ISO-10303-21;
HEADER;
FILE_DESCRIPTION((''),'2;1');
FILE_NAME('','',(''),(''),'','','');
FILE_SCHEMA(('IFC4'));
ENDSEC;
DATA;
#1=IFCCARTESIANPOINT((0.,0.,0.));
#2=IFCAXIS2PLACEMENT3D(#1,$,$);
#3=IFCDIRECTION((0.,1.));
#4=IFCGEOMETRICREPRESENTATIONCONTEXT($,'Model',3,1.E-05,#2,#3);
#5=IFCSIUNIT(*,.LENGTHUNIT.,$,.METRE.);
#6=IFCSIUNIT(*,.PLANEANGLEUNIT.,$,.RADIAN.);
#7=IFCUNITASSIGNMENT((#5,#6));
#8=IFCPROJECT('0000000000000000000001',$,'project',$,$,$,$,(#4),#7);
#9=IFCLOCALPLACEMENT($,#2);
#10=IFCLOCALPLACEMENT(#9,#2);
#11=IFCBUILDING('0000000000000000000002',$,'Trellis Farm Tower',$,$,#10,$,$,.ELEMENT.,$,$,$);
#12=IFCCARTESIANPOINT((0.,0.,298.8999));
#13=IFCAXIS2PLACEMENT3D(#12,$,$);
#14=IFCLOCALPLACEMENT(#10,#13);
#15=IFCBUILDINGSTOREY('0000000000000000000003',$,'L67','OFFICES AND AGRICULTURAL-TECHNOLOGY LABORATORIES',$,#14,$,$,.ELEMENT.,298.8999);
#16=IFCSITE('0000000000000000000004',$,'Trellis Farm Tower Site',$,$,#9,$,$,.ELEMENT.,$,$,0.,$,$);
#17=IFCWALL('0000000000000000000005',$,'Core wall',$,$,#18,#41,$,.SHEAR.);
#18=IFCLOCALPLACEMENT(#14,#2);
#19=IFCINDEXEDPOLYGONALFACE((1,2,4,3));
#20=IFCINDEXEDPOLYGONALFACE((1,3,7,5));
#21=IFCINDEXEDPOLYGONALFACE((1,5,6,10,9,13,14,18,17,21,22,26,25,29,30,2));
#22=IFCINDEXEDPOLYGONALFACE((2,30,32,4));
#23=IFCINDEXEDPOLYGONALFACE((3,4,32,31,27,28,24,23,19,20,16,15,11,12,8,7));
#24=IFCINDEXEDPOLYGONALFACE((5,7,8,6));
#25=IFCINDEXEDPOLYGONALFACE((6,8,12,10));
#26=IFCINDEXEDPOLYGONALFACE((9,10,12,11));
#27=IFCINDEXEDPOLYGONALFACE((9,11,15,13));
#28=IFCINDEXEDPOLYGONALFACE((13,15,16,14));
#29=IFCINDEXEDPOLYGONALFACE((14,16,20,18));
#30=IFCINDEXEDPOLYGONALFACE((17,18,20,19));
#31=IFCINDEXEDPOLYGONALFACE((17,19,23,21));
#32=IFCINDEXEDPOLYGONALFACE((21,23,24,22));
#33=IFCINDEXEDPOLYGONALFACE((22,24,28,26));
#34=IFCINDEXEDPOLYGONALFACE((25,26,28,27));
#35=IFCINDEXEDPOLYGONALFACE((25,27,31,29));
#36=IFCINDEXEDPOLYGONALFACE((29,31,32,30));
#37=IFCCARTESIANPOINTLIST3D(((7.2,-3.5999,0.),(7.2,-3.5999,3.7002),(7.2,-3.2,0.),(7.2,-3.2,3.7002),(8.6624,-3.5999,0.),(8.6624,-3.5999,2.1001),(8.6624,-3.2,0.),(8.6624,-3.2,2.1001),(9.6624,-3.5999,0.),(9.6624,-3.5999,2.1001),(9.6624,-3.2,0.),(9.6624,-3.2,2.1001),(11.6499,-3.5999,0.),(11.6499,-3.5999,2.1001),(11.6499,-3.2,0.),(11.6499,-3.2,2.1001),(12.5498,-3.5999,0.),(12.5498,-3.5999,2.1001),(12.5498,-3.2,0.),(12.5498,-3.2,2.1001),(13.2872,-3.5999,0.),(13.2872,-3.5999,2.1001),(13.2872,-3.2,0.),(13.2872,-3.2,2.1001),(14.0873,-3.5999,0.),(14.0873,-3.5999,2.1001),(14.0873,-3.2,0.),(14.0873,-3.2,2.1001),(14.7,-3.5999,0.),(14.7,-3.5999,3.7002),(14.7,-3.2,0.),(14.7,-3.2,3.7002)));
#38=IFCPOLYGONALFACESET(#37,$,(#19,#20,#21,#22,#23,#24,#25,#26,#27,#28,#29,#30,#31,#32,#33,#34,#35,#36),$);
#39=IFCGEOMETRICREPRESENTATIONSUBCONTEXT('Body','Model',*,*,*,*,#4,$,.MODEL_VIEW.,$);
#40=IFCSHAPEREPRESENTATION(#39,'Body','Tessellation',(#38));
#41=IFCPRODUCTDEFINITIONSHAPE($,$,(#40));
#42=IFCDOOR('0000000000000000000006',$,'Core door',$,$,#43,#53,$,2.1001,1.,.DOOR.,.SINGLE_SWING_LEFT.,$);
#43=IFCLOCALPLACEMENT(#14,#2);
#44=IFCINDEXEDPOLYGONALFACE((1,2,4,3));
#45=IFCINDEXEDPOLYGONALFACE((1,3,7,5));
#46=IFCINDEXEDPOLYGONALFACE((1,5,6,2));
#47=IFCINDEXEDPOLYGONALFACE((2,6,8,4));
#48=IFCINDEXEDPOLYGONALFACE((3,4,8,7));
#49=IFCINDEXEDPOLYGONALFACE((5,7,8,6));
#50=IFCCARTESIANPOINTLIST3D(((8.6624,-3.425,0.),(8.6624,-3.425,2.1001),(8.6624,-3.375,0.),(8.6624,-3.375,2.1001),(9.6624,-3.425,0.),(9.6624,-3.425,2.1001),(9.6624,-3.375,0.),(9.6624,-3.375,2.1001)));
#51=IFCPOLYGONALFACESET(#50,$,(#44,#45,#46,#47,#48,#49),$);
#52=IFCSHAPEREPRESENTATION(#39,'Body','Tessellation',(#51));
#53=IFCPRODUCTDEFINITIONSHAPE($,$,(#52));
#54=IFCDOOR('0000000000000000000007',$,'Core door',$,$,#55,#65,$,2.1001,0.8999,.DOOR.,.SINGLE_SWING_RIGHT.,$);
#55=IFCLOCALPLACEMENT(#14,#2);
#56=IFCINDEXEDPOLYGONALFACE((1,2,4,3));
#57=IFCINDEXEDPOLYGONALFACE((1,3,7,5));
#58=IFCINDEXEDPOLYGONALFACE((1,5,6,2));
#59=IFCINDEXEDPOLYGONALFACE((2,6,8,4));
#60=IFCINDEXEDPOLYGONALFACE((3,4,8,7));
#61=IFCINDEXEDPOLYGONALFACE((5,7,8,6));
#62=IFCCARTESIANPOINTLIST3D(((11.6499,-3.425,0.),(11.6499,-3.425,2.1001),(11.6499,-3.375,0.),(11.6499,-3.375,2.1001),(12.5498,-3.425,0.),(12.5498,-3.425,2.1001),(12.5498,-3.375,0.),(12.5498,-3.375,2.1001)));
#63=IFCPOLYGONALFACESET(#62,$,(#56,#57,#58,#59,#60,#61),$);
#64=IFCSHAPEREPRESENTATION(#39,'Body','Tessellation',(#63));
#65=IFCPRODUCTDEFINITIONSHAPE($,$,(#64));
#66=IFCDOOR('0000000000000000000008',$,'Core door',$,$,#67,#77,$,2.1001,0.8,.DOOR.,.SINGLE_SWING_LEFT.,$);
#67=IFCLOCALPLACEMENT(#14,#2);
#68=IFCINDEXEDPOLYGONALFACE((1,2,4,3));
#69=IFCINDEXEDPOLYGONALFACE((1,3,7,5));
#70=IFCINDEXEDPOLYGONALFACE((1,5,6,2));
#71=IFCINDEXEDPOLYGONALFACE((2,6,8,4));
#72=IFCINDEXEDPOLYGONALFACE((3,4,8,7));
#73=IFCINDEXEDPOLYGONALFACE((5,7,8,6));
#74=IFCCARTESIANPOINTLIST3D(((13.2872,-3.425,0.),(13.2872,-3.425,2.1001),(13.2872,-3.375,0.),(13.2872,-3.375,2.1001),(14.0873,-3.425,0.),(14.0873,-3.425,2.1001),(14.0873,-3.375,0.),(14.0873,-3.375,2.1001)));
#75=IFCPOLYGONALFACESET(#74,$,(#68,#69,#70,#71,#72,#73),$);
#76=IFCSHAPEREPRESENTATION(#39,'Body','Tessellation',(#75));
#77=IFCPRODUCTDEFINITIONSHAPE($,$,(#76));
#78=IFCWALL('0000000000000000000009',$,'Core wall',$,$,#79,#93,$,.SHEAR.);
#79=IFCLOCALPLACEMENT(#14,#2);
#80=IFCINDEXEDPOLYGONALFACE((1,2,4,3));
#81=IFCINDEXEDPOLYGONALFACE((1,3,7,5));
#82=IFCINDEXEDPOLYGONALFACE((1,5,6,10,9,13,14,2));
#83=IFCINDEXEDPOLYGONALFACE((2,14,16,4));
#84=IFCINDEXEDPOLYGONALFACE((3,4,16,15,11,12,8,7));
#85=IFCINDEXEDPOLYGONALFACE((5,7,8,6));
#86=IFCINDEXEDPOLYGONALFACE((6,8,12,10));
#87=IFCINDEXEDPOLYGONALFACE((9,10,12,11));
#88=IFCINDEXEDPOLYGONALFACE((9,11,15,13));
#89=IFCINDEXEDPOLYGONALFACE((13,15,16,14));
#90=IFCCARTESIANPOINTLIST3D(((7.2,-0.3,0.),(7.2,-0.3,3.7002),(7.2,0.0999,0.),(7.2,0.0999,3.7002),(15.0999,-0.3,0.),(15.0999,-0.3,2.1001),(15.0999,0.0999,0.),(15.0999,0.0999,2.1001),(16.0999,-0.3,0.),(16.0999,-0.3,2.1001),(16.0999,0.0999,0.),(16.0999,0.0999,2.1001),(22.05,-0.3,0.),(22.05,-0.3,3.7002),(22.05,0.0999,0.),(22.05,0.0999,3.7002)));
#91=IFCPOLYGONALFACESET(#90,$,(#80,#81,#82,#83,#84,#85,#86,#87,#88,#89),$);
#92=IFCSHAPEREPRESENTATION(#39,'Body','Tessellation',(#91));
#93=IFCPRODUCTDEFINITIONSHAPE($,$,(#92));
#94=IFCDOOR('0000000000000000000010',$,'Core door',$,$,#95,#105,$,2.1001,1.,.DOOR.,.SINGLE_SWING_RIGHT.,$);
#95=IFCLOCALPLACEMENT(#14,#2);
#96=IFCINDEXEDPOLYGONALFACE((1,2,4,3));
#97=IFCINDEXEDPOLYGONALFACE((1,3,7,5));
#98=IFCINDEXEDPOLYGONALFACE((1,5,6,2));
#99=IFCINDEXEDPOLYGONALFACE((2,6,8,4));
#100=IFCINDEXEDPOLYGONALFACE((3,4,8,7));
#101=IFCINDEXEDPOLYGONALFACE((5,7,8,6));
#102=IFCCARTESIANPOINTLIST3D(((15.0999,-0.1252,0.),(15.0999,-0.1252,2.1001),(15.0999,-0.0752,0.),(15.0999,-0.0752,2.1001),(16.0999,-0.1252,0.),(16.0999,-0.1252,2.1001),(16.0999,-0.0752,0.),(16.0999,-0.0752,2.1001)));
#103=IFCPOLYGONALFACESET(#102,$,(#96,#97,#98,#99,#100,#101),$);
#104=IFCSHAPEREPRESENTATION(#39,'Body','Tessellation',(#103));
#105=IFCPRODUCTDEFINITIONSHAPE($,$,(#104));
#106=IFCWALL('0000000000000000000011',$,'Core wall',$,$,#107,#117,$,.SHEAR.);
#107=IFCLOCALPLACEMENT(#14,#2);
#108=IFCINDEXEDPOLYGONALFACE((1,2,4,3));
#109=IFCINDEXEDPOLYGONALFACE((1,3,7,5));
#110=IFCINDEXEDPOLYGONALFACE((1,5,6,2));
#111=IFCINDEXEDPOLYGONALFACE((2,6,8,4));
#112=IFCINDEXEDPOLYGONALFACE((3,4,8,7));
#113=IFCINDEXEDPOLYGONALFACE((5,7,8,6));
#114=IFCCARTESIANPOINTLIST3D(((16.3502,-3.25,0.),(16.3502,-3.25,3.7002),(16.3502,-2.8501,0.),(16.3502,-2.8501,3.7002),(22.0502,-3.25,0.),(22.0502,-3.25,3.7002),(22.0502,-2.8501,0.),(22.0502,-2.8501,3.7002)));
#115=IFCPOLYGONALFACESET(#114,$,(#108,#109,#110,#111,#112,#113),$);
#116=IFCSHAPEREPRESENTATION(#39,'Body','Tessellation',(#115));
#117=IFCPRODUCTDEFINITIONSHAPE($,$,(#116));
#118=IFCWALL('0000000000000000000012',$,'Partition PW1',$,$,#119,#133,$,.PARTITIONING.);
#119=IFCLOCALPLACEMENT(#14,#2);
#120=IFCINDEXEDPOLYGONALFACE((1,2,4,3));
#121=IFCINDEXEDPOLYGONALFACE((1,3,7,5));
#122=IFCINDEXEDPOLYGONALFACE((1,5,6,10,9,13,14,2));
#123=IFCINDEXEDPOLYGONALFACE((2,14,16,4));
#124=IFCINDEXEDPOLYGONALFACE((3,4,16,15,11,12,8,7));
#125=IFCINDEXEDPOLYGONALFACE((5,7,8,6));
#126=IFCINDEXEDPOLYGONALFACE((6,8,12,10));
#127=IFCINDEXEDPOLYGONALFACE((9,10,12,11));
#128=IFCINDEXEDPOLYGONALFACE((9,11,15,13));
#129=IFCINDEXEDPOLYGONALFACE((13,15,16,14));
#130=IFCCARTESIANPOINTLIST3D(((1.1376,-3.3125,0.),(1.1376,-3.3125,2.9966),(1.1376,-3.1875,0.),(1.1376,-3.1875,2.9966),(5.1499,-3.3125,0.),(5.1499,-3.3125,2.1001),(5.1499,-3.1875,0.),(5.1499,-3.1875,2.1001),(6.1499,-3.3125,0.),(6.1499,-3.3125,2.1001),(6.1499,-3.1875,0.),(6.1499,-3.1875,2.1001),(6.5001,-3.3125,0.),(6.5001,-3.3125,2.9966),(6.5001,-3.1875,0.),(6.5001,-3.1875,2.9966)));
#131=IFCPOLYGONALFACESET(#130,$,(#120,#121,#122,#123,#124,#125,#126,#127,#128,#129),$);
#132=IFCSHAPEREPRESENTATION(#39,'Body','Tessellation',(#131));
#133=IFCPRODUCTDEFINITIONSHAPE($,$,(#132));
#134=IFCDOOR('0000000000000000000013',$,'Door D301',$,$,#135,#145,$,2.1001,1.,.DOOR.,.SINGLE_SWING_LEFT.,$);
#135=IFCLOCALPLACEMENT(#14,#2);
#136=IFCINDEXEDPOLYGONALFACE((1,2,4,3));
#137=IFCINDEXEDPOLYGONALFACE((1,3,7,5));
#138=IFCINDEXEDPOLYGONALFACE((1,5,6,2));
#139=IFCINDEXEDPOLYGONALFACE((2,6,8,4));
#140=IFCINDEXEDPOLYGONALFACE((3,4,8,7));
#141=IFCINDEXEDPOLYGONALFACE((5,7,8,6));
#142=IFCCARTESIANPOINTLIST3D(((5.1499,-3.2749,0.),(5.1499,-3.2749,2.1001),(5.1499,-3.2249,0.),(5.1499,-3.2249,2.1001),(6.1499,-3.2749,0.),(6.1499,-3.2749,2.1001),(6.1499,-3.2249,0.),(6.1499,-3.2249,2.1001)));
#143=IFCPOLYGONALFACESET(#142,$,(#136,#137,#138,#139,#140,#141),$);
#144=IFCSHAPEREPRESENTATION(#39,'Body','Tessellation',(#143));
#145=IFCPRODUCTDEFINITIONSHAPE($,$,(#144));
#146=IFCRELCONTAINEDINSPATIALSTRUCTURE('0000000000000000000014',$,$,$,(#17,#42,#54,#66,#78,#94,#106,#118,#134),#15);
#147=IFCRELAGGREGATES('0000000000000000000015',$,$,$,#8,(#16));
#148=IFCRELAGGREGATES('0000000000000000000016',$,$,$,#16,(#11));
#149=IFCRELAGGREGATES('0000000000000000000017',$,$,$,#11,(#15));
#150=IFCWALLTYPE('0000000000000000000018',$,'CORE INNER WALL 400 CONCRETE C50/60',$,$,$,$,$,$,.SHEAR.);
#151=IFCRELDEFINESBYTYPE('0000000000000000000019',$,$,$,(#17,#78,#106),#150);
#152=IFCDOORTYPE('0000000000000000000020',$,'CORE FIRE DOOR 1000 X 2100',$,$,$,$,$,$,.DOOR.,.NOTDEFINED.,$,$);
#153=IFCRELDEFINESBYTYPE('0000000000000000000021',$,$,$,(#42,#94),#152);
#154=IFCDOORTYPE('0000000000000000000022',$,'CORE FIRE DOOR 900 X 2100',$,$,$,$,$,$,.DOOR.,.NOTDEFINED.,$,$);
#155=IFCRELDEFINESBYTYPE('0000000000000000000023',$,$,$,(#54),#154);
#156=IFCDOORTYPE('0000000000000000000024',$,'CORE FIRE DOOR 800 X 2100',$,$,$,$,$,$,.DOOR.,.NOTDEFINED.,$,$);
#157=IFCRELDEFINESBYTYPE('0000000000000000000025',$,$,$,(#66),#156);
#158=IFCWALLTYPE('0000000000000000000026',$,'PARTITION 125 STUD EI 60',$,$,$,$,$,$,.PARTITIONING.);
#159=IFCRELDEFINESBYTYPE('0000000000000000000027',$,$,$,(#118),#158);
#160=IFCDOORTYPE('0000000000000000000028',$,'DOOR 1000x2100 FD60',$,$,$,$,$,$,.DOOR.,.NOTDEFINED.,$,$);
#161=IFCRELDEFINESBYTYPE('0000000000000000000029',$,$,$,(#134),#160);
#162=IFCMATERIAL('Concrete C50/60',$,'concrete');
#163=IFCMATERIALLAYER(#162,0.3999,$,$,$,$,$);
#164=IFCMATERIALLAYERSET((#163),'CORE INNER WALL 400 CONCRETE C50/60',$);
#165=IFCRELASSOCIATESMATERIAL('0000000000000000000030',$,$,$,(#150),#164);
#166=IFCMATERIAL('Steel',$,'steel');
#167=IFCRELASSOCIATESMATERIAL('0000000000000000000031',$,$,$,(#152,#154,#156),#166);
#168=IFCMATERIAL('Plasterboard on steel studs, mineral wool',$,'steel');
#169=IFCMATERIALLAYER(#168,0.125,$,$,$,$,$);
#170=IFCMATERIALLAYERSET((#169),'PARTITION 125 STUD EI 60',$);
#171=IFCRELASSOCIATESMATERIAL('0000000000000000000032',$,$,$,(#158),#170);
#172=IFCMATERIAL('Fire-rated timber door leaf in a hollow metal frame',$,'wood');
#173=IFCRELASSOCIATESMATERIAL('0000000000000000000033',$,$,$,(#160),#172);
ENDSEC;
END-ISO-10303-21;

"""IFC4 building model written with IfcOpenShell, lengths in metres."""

from ifc_helpers import new_model, si_unit, direction, frame, frame_2d, origin, place, context, subcontext, project, spatial, rectangle, extrude, source, transform, mapped, material, layer, layer_set, type_object, element, fill, save


model = new_model("IFC4")

# Units and contexts
model_context = context("Model", 3, precision=1e-05, world=origin(), true_north=direction((0.0, 1.0)))
body_context = subcontext(model_context, "Body", "Model", "MODEL_VIEW")
ifc_project = project(units=[si_unit("LENGTHUNIT", "METRE"), si_unit("PLANEANGLEUNIT", "RADIAN")], contexts=[model_context])

# Site, building, storey
site_placement = place(None, origin())
site = spatial("IfcSite", under=ifc_project, at=site_placement, Name="Trellis Farm Tower Site", CompositionType="ELEMENT", RefElevation=0.0)
building_placement = place(site_placement, origin())
building = spatial("IfcBuilding", under=site, at=building_placement, Name="Trellis Farm Tower", CompositionType="ELEMENT")
storey_placement = place(building_placement, frame((0.0, 0.0, 298.8999)))
storey = spatial("IfcBuildingStorey", under=building, at=storey_placement, Name="L67", Description="OFFICES AND AGRICULTURAL-TECHNOLOGY LABORATORIES", CompositionType="ELEMENT", Elevation=298.8999)

# Wall, openings, doors
ifc_material_1 = material(Name="Concrete C50/60", Category="concrete")
ifc_layer_1 = layer(ifc_material_1, 0.3999)
ifc_layer_set_1 = layer_set([ifc_layer_1], Name="CORE INNER WALL 400 CONCRETE C50/60")
wall_type_1 = type_object("IfcWallType", Name="CORE INNER WALL 400 CONCRETE C50/60", PredefinedType="SHEAR", material=ifc_layer_set_1)
shared_shape_1 = source(origin(), body_context, "Body", "SweptSolid", [
    extrude(rectangle(XDim=7.5, YDim=0.3999, at=frame_2d((3.75, 0.0))), origin(), (0.0, 0.0, 1.0), 3.7002),
])
wall_1_placement = place(storey_placement, frame((7.2, -3.3999, 0.0), z_axis=(0.0, 0.0, 1.0), x_axis=(1.0, 0.0, 0.0)))
wall_1 = element("IfcWall", 1, at=wall_1_placement, inside=storey, type_object=wall_type_1, Name="Core wall", PredefinedType="SHEAR", context=body_context, shape_type="MappedRepresentation", body=[
    mapped(shared_shape_1, transform((0.0, 0.0, 0.0))),
])
shared_shape_2 = source(origin(), body_context, "Body", "SweptSolid", [
    extrude(rectangle(XDim=1.0, YDim=2.1001, at=frame_2d((0.5, 1.05))), frame((0.0, 0.21, 0.0), z_axis=(0.0, -1.0, 0.0), x_axis=(1.0, 0.0, 0.0)), (0.0, 0.0, 1.0), 0.4199),
])
opening_1_placement = place(wall_1_placement, frame((1.4624, 0.0, 0.0)))
opening_1 = element("IfcOpeningElement", 2, at=opening_1_placement, cuts=wall_1, PredefinedType="OPENING", context=body_context, shape_type="MappedRepresentation", body=[
    mapped(shared_shape_2, transform((0.0, 0.0, 0.0))),
])
shared_shape_3 = source(origin(), body_context, "Body", "SweptSolid", [
    extrude(rectangle(XDim=0.8999, YDim=2.1001, at=frame_2d((0.45, 1.05))), frame((0.0, 0.21, 0.0), z_axis=(0.0, -1.0, 0.0), x_axis=(1.0, 0.0, 0.0)), (0.0, 0.0, 1.0), 0.4199),
])
opening_2_placement = place(wall_1_placement, frame((4.45, 0.0, 0.0)))
opening_2 = element("IfcOpeningElement", 3, at=opening_2_placement, cuts=wall_1, PredefinedType="OPENING", context=body_context, shape_type="MappedRepresentation", body=[
    mapped(shared_shape_3, transform((0.0, 0.0, 0.0))),
])
shared_shape_4 = source(origin(), body_context, "Body", "SweptSolid", [
    extrude(rectangle(XDim=0.8, YDim=2.1001, at=frame_2d((0.3999, 1.05))), frame((0.0, 0.21, 0.0), z_axis=(0.0, -1.0, 0.0), x_axis=(1.0, 0.0, 0.0)), (0.0, 0.0, 1.0), 0.4199),
])
opening_3_placement = place(wall_1_placement, frame((6.0874, 0.0, 0.0)))
opening_3 = element("IfcOpeningElement", 4, at=opening_3_placement, cuts=wall_1, PredefinedType="OPENING", context=body_context, shape_type="MappedRepresentation", body=[
    mapped(shared_shape_4, transform((0.0, 0.0, 0.0))),
])
ifc_material_2 = material(Name="Steel", Category="steel")
door_type_1 = type_object("IfcDoorType", Name="CORE FIRE DOOR 1000 X 2100", OperationType="NOTDEFINED", PredefinedType="DOOR", material=ifc_material_2)
shared_shape_5 = source(origin(), body_context, "Body", "SweptSolid", [
    extrude(rectangle(XDim=1.0, YDim=2.1001, at=frame_2d((0.5, 1.05))), frame((0.0, 0.0249, 0.0), z_axis=(0.0, -1.0, 0.0), x_axis=(1.0, 0.0, 0.0)), (0.0, 0.0, 1.0), 0.05),
])
door_1_placement = place(opening_1_placement, origin())
door_1 = element("IfcDoor", 5, at=door_1_placement, inside=storey, type_object=door_type_1, Name="Core door", OperationType="SINGLE_SWING_LEFT", OverallHeight=2.1001, OverallWidth=1.0, PredefinedType="DOOR", context=body_context, shape_type="MappedRepresentation", body=[
    mapped(shared_shape_5, transform((0.0, 0.0, 0.0))),
])
fill(opening_1, door_1)
door_type_2 = type_object("IfcDoorType", Name="CORE FIRE DOOR 900 X 2100", OperationType="NOTDEFINED", PredefinedType="DOOR", material=ifc_material_2)
shared_shape_6 = source(origin(), body_context, "Body", "SweptSolid", [
    extrude(rectangle(XDim=0.8999, YDim=2.1001, at=frame_2d((0.45, 1.05))), frame((0.0, 0.0249, 0.0), z_axis=(0.0, -1.0, 0.0), x_axis=(1.0, 0.0, 0.0)), (0.0, 0.0, 1.0), 0.05),
])
door_2_placement = place(opening_2_placement, origin())
door_2 = element("IfcDoor", 6, at=door_2_placement, inside=storey, type_object=door_type_2, Name="Core door", OperationType="SINGLE_SWING_RIGHT", OverallHeight=2.1001, OverallWidth=0.8999, PredefinedType="DOOR", context=body_context, shape_type="MappedRepresentation", body=[
    mapped(shared_shape_6, transform((0.0, 0.0, 0.0))),
])
fill(opening_2, door_2)
door_type_3 = type_object("IfcDoorType", Name="CORE FIRE DOOR 800 X 2100", OperationType="NOTDEFINED", PredefinedType="DOOR", material=ifc_material_2)
shared_shape_7 = source(origin(), body_context, "Body", "SweptSolid", [
    extrude(rectangle(XDim=0.8, YDim=2.1001, at=frame_2d((0.3999, 1.05))), frame((0.0, 0.0249, 0.0), z_axis=(0.0, -1.0, 0.0), x_axis=(1.0, 0.0, 0.0)), (0.0, 0.0, 1.0), 0.05),
])
door_3_placement = place(opening_3_placement, origin())
door_3 = element("IfcDoor", 7, at=door_3_placement, inside=storey, type_object=door_type_3, Name="Core door", OperationType="SINGLE_SWING_LEFT", OverallHeight=2.1001, OverallWidth=0.8, PredefinedType="DOOR", context=body_context, shape_type="MappedRepresentation", body=[
    mapped(shared_shape_7, transform((0.0, 0.0, 0.0))),
])
fill(opening_3, door_3)

# Wall, opening, door
shared_shape_8 = source(origin(), body_context, "Body", "SweptSolid", [
    extrude(rectangle(XDim=14.8501, YDim=0.3999, at=frame_2d((7.425, 0.0))), origin(), (0.0, 0.0, 1.0), 3.7002),
])
wall_2_placement = place(storey_placement, frame((7.2, -0.1001, 0.0), z_axis=(0.0, 0.0, 1.0), x_axis=(1.0, 0.0, 0.0)))
wall_2 = element("IfcWall", 8, at=wall_2_placement, inside=storey, type_object=wall_type_1, Name="Core wall", PredefinedType="SHEAR", context=body_context, shape_type="MappedRepresentation", body=[
    mapped(shared_shape_8, transform((0.0, 0.0, 0.0))),
])
opening_4_placement = place(wall_2_placement, frame((7.8999, 0.0, 0.0)))
opening_4 = element("IfcOpeningElement", 9, at=opening_4_placement, cuts=wall_2, PredefinedType="OPENING", context=body_context, shape_type="MappedRepresentation", body=[
    mapped(shared_shape_2, transform((0.0, 0.0, 0.0))),
])
door_4_placement = place(opening_4_placement, origin())
door_4 = element("IfcDoor", 10, at=door_4_placement, inside=storey, type_object=door_type_1, Name="Core door", OperationType="SINGLE_SWING_RIGHT", OverallHeight=2.1001, OverallWidth=1.0, PredefinedType="DOOR", context=body_context, shape_type="MappedRepresentation", body=[
    mapped(shared_shape_5, transform((0.0, 0.0, 0.0))),
])
fill(opening_4, door_4)

# Wall
shared_shape_9 = source(origin(), body_context, "Body", "SweptSolid", [
    extrude(rectangle(XDim=5.7, YDim=0.3999, at=frame_2d((2.8501, 0.0))), origin(), (0.0, 0.0, 1.0), 3.7002),
])
wall_3_placement = place(storey_placement, frame((16.3501, -3.05, 0.0), z_axis=(0.0, 0.0, 1.0), x_axis=(1.0, 0.0, 0.0)))
element("IfcWall", 11, at=wall_3_placement, inside=storey, type_object=wall_type_1, Name="Core wall", PredefinedType="SHEAR", context=body_context, shape_type="MappedRepresentation", body=[
    mapped(shared_shape_9, transform((0.0, 0.0, 0.0))),
])

# Wall, opening, door
ifc_material_3 = material(Name="Plasterboard on steel studs, mineral wool", Category="steel")
ifc_layer_2 = layer(ifc_material_3, 0.125)
ifc_layer_set_2 = layer_set([ifc_layer_2], Name="PARTITION 125 STUD EI 60")
wall_type_2 = type_object("IfcWallType", Name="PARTITION 125 STUD EI 60", PredefinedType="PARTITIONING", material=ifc_layer_set_2)
shared_shape_10 = source(origin(), body_context, "Body", "SweptSolid", [
    extrude(rectangle(XDim=5.3625, YDim=0.125, at=frame_2d((2.6812, 0.0))), origin(), (0.0, 0.0, 1.0), 2.9966),
])
wall_4_placement = place(storey_placement, frame((6.5, -3.25, 0.0), z_axis=(0.0, 0.0, 1.0), x_axis=(-1.0, 0.0, 0.0)))
wall_4 = element("IfcWall", 12, at=wall_4_placement, inside=storey, type_object=wall_type_2, Name="Partition PW1", PredefinedType="PARTITIONING", context=body_context, shape_type="MappedRepresentation", body=[
    mapped(shared_shape_10, transform((0.0, 0.0, 0.0))),
])
shared_shape_11 = source(origin(), body_context, "Body", "SweptSolid", [
    extrude(rectangle(XDim=1.0, YDim=2.1001, at=frame_2d((0.5, 1.05))), frame((0.0, 0.0725, 0.0), z_axis=(0.0, -1.0, 0.0), x_axis=(1.0, 0.0, 0.0)), (0.0, 0.0, 1.0), 0.145),
])
opening_5_placement = place(wall_4_placement, frame((0.3501, 0.0, 0.0)))
opening_5 = element("IfcOpeningElement", 13, at=opening_5_placement, cuts=wall_4, PredefinedType="OPENING", context=body_context, shape_type="MappedRepresentation", body=[
    mapped(shared_shape_11, transform((0.0, 0.0, 0.0))),
])
ifc_material_4 = material(Name="Fire-rated timber door leaf in a hollow metal frame", Category="wood")
door_type_4 = type_object("IfcDoorType", Name="DOOR 1000x2100 FD60", OperationType="NOTDEFINED", PredefinedType="DOOR", material=ifc_material_4)
door_5_placement = place(opening_5_placement, origin())
door_5 = element("IfcDoor", 14, at=door_5_placement, inside=storey, type_object=door_type_4, Name="Door D301", OperationType="SINGLE_SWING_LEFT", OverallHeight=2.1001, OverallWidth=1.0, PredefinedType="DOOR", context=body_context, shape_type="MappedRepresentation", body=[
    mapped(shared_shape_5, transform((0.0, 0.0, 0.0))),
])
fill(opening_5, door_5)

save(model, "model.ifc")
